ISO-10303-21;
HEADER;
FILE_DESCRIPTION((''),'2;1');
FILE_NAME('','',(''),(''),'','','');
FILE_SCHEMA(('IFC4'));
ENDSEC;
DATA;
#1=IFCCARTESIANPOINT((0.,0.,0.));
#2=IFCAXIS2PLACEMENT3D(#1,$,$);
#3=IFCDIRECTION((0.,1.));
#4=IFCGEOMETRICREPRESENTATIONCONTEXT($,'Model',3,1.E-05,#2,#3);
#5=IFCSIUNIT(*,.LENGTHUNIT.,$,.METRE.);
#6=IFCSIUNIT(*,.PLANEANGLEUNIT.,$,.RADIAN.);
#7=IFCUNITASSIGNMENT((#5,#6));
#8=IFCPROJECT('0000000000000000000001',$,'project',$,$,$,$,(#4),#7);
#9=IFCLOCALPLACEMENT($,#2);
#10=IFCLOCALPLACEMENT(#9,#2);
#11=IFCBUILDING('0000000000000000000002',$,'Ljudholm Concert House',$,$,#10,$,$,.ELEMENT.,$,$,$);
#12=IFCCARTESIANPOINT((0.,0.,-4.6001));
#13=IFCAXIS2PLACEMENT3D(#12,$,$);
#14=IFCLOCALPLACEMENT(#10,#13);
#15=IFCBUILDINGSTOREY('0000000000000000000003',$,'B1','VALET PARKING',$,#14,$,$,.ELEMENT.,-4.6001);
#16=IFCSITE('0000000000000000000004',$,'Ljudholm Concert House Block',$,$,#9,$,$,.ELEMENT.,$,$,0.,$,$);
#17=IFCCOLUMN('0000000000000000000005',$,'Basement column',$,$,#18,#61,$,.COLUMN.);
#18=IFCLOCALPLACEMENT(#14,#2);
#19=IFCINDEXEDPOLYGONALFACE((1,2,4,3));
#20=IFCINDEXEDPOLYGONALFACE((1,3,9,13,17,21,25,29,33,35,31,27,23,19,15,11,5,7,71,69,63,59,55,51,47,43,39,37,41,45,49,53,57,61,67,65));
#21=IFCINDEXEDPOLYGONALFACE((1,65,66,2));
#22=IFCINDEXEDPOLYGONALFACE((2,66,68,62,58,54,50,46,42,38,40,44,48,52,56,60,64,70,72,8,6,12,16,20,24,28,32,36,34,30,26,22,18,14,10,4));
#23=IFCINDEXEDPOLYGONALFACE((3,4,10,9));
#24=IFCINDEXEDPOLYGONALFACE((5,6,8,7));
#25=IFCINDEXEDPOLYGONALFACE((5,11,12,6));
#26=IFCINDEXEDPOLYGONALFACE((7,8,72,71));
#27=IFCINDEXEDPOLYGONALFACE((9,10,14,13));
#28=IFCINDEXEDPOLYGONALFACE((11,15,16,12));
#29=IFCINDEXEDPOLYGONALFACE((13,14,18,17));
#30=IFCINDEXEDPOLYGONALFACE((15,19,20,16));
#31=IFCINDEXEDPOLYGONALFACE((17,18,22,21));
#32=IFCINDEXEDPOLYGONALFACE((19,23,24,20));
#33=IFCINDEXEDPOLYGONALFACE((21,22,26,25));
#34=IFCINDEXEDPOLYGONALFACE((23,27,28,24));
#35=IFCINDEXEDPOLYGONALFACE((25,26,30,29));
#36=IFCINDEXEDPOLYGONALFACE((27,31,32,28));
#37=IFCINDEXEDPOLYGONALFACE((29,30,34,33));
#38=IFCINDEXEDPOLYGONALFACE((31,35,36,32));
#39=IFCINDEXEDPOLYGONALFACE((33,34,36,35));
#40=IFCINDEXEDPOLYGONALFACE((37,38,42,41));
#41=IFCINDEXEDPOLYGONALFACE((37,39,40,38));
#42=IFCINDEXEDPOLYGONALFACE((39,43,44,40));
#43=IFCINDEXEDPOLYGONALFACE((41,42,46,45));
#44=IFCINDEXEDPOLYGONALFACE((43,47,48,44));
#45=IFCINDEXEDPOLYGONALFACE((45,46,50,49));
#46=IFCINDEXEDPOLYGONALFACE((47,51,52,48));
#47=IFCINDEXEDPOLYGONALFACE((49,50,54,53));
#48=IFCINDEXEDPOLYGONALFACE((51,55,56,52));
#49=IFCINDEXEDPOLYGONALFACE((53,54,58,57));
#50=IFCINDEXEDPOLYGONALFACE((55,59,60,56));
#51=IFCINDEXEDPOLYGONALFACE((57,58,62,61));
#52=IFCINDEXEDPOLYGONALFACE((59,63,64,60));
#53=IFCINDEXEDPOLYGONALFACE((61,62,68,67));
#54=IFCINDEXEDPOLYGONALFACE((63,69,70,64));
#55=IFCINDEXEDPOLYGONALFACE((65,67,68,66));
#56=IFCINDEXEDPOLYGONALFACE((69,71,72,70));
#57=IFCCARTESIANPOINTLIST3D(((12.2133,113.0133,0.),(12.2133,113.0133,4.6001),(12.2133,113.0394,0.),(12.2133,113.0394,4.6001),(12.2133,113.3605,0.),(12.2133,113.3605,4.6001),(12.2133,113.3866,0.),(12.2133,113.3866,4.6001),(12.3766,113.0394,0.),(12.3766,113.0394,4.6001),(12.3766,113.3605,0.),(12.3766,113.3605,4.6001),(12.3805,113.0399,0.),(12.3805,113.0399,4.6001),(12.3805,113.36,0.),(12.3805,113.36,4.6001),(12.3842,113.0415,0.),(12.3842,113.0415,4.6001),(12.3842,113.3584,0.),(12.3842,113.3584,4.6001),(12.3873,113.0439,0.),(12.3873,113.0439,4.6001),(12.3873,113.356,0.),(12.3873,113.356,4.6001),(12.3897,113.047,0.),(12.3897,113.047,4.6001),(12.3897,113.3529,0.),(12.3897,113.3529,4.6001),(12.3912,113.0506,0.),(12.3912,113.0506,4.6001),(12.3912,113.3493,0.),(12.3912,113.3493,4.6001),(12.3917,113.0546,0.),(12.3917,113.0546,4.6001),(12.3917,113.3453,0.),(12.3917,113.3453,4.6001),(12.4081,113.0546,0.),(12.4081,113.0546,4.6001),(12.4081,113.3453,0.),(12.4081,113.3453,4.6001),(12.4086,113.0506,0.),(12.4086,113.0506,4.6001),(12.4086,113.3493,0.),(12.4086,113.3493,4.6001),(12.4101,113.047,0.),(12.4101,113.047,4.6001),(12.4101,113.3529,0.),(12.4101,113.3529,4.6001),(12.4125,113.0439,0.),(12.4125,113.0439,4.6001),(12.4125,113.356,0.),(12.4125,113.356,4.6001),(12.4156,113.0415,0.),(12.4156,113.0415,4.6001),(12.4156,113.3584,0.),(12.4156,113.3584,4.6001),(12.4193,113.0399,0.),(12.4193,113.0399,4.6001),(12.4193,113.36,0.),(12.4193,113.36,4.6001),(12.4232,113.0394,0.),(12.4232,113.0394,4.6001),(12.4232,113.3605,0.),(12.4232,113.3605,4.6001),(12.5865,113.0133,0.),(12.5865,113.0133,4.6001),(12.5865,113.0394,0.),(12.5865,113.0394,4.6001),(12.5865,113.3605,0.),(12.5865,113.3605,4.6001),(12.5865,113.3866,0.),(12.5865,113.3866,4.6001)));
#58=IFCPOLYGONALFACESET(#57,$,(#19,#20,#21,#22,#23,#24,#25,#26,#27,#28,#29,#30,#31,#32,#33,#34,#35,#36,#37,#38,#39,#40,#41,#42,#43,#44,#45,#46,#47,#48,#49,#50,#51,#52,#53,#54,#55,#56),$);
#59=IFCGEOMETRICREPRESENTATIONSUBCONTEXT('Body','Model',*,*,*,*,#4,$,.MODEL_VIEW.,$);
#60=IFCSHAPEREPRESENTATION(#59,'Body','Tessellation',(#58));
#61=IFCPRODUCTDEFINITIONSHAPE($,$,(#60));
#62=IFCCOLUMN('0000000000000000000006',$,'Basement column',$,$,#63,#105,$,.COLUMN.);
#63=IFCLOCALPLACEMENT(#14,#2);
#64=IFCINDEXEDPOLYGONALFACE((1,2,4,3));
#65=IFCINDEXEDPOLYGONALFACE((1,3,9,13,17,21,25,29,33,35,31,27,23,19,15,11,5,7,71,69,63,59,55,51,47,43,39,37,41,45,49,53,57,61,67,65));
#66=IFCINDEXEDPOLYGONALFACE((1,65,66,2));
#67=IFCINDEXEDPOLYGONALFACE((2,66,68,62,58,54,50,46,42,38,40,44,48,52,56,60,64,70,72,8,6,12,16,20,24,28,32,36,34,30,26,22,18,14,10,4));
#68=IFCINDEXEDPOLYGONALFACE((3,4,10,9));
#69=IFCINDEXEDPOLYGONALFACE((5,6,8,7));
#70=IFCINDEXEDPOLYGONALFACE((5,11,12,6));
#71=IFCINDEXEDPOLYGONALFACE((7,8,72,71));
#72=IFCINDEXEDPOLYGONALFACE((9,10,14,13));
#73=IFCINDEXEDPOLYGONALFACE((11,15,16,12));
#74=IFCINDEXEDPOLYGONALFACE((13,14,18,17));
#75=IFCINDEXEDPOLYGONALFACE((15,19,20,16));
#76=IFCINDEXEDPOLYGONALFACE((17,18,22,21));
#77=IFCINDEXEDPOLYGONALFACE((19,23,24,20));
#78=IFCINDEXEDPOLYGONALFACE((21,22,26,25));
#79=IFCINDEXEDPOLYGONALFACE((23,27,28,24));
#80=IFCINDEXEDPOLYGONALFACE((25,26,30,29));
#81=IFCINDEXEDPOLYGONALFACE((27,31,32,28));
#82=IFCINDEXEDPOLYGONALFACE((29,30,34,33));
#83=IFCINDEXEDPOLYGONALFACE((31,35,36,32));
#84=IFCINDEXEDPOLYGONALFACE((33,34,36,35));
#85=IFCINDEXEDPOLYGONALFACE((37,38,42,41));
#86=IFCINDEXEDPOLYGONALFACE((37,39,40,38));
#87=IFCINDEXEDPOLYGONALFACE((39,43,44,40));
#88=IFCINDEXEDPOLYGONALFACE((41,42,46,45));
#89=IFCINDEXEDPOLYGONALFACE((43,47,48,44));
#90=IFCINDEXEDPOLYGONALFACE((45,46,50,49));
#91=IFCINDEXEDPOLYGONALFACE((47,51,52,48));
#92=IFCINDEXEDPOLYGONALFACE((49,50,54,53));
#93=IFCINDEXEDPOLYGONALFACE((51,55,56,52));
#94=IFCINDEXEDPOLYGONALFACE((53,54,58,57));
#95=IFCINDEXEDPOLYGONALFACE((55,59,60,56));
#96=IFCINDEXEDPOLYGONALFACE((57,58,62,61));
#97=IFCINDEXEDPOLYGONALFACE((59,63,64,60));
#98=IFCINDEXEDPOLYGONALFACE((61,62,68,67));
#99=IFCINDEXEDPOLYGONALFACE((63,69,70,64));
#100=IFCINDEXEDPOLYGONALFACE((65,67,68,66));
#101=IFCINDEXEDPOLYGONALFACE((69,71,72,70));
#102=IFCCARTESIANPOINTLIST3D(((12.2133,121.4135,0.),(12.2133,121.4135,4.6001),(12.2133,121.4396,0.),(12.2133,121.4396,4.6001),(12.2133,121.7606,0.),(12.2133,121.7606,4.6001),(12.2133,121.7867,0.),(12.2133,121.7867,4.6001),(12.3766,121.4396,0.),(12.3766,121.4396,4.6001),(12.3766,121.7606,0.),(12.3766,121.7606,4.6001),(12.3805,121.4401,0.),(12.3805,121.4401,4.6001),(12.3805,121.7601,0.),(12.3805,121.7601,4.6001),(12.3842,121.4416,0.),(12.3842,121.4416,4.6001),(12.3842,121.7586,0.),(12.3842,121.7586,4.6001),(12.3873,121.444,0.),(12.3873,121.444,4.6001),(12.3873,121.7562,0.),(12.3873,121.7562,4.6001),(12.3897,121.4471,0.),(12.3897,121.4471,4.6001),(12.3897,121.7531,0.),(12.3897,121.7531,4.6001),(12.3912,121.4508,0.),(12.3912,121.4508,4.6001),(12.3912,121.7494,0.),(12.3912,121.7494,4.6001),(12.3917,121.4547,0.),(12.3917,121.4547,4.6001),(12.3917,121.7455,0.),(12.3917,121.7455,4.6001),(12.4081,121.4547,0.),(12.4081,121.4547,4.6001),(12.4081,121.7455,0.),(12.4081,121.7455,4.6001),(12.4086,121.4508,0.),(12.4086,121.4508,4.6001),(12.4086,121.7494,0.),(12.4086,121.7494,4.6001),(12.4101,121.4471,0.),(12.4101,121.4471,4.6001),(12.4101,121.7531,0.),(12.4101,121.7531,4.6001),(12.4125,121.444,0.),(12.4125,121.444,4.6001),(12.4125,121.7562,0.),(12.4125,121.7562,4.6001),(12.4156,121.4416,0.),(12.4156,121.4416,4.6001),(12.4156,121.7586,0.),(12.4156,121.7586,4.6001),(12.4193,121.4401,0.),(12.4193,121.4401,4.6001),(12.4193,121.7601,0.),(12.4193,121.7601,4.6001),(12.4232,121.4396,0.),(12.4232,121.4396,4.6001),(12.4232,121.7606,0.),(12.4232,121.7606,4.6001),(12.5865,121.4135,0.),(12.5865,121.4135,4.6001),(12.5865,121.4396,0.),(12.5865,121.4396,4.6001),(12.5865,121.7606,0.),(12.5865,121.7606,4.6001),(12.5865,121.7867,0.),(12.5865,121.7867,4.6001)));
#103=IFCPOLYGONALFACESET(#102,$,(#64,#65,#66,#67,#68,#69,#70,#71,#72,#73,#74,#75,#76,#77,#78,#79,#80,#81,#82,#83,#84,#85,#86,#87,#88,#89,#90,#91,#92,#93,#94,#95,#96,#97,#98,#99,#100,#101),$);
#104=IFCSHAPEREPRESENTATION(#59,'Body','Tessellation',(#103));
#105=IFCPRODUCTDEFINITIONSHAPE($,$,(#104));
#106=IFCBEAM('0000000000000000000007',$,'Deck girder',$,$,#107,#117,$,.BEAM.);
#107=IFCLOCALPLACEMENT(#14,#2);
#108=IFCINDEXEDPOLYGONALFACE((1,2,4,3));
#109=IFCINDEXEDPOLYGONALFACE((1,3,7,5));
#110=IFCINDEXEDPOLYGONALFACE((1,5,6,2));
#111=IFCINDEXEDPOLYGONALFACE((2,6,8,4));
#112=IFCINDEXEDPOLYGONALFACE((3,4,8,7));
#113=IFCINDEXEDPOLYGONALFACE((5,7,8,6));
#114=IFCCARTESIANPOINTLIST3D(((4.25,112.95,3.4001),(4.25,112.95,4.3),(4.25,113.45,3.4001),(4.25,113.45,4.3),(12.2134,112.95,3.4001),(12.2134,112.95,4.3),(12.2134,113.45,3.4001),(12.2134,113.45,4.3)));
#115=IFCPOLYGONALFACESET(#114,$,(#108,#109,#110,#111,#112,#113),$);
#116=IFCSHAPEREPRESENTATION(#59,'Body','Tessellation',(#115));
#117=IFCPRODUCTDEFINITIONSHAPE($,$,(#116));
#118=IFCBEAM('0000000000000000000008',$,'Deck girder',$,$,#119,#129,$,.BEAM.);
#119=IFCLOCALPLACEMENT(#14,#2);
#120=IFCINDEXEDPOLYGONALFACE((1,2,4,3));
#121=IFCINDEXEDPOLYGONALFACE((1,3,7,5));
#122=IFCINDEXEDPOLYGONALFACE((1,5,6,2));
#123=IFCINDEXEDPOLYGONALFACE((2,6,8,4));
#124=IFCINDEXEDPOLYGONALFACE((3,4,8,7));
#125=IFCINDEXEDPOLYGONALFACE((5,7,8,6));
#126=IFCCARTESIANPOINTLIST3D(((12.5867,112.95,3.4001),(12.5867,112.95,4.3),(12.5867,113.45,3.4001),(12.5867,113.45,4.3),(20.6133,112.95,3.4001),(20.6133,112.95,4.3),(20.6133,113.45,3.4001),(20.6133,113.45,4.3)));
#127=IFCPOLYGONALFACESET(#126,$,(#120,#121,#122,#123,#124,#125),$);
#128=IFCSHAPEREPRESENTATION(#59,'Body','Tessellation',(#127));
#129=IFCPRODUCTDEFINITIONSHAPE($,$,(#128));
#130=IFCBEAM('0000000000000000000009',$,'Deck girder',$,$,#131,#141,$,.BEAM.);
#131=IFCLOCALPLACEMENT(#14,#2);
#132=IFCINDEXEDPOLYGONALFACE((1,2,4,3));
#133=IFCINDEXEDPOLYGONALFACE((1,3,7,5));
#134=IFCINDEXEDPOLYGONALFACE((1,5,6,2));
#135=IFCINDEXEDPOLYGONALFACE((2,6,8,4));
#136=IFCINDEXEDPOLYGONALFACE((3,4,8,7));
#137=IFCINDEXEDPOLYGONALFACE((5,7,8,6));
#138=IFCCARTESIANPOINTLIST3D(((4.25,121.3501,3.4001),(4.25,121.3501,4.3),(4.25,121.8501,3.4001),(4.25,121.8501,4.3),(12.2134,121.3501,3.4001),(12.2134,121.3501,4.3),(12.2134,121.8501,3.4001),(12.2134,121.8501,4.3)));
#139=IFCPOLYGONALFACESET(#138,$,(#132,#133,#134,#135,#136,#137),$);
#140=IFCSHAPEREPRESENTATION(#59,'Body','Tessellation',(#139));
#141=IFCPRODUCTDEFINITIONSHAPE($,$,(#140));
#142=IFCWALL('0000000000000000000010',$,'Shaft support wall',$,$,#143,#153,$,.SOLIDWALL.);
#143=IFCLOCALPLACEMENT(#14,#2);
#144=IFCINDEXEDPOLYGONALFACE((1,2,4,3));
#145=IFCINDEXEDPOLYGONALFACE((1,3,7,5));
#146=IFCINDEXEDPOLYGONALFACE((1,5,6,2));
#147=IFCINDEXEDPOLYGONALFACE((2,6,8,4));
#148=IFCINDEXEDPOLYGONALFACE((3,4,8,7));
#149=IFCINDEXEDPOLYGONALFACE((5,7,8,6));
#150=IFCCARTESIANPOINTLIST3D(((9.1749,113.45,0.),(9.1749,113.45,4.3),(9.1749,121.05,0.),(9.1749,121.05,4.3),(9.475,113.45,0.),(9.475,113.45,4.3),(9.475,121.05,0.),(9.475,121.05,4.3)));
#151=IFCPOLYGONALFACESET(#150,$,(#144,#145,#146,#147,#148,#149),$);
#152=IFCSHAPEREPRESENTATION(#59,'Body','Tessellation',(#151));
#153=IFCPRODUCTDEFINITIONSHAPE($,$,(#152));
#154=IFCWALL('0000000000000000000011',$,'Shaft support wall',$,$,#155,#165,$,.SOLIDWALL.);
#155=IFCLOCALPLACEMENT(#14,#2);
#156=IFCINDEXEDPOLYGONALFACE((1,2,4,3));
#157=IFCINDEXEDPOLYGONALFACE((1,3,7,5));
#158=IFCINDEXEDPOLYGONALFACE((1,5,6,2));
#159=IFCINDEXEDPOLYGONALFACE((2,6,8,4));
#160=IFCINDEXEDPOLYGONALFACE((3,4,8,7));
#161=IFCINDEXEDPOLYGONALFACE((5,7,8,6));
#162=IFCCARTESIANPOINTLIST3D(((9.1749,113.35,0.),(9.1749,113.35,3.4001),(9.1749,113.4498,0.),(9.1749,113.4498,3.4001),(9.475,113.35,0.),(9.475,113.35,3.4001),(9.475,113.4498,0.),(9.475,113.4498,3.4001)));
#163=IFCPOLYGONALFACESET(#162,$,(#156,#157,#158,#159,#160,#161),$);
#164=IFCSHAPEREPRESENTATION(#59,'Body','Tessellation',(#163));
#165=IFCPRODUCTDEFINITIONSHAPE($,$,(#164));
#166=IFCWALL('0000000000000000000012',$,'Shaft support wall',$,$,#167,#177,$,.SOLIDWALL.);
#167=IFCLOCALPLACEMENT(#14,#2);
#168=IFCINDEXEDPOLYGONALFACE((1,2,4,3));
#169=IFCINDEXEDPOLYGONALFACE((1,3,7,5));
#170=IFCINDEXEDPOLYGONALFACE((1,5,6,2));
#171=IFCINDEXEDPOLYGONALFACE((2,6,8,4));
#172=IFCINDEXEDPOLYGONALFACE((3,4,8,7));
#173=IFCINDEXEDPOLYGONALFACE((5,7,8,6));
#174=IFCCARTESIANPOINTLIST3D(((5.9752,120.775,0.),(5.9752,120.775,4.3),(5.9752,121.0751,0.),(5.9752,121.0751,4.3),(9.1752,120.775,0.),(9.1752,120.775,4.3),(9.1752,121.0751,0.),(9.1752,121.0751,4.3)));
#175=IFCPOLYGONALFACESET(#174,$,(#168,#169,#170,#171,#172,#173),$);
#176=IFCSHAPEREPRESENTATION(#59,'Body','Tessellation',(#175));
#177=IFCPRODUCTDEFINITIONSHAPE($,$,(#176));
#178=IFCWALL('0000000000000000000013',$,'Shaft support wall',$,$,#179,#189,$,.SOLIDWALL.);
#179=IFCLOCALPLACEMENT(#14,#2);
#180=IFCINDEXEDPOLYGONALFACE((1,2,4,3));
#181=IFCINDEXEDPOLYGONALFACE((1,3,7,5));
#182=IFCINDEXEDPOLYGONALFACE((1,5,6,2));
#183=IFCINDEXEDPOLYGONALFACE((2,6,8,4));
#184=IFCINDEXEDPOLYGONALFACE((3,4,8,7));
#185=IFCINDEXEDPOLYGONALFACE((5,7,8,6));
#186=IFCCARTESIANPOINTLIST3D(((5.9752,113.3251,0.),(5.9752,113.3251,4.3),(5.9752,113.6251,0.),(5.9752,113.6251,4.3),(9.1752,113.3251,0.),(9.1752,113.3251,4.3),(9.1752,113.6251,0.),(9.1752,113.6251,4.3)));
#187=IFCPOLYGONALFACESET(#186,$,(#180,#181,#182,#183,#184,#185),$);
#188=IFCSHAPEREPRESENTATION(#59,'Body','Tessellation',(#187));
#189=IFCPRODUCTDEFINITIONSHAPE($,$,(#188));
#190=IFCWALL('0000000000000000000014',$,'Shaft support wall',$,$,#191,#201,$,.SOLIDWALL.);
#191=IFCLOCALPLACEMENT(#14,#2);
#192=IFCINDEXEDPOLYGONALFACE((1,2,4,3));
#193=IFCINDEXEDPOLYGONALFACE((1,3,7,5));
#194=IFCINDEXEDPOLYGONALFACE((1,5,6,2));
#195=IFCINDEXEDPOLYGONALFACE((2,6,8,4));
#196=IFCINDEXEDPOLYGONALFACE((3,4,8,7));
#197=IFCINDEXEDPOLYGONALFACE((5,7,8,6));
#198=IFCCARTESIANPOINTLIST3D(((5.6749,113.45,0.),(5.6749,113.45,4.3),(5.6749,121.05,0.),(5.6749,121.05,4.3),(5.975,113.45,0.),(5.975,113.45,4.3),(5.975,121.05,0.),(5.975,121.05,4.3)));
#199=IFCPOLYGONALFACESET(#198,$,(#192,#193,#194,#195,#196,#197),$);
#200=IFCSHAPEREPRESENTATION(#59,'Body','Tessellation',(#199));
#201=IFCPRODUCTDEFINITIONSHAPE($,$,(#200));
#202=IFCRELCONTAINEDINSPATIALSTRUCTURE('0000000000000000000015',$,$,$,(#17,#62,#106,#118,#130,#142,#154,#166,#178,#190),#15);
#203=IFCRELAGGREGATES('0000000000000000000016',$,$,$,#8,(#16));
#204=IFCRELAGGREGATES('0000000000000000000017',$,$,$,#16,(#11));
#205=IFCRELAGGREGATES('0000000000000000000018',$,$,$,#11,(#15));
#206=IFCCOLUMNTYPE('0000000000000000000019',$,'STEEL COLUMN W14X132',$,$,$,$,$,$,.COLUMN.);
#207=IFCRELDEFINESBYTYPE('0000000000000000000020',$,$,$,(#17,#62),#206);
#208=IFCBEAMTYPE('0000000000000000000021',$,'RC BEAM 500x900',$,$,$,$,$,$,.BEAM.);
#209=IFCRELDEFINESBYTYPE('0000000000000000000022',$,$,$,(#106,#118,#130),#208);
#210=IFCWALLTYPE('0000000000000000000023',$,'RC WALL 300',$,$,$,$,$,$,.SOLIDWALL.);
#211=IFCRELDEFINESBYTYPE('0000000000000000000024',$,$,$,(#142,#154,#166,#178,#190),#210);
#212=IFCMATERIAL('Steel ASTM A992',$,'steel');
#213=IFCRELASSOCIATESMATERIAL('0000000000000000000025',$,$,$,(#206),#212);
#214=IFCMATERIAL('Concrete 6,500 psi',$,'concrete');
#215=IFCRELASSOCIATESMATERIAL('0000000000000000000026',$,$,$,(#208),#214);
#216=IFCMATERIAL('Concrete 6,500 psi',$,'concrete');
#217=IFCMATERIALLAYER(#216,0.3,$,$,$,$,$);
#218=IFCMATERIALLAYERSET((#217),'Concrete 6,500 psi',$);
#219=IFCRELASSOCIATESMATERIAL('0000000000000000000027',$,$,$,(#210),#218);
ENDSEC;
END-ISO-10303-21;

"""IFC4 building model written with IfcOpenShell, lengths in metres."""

from ifc_helpers import new_model, si_unit, direction, frame, frame_2d, origin, origin_2d, place, context, subcontext, project, spatial, rectangle, i_section, extrude, material, layer, layer_set, material_profile, profile_set, type_object, element, save


model = new_model("IFC4")

# Units and contexts
model_context = context("Model", 3, precision=1e-05, world=origin(), true_north=direction((0.0, 1.0)))
body_context = subcontext(model_context, "Body", "Model", "MODEL_VIEW")
ifc_project = project(units=[si_unit("LENGTHUNIT", "METRE"), si_unit("PLANEANGLEUNIT", "RADIAN")], contexts=[model_context])

# Site, building, storey
site_placement = place(None, origin())
site = spatial("IfcSite", under=ifc_project, at=site_placement, Name="Ljudholm Concert House Block", CompositionType="ELEMENT", RefElevation=0.0)
building_placement = place(site_placement, origin())
building = spatial("IfcBuilding", under=site, at=building_placement, Name="Ljudholm Concert House", CompositionType="ELEMENT")
storey_placement = place(building_placement, frame((0.0, 0.0, -4.6001)))
storey = spatial("IfcBuildingStorey", under=building, at=storey_placement, Name="B1", Description="VALET PARKING", CompositionType="ELEMENT", Elevation=-4.6001)

# Columns
ifc_material_1 = material(Name="Steel ASTM A992", Category="steel")
ifc_material_profile_1 = material_profile(ifc_material_1, i_section(OverallWidth=0.3733, OverallDepth=0.3733, WebThickness=0.0164, FlangeThickness=0.0261, FilletRadius=0.0151, at=origin_2d()), Name="W14X132")
ifc_profile_set_1 = profile_set([ifc_material_profile_1], Name="Steel ASTM A992")
column_type = type_object("IfcColumnType", Name="STEEL COLUMN W14X132", PredefinedType="COLUMN", material=ifc_profile_set_1)
for number, where, z_axis, x_axis, name in (
    (1, (12.3999, 113.2, 0.0), (0.0, 0.0, 1.0), (1.0, 0.0, 0.0), "Basement column"),
    (2, (12.3999, 121.6001, 0.0), (0.0, 0.0, 1.0), (1.0, 0.0, 0.0), "Basement column"),
):
    element("IfcColumn", number, at=place(storey_placement, frame(where, z_axis=z_axis, x_axis=x_axis)), inside=storey, type_object=column_type, Name=name, PredefinedType="COLUMN", context=body_context, shape_type="SweptSolid", body=[
        extrude(i_section(OverallWidth=0.3733, OverallDepth=0.3733, WebThickness=0.0164, FlangeThickness=0.0261, FilletRadius=0.0151, at=origin_2d()), origin(), (0.0, 0.0, 1.0), 4.6001),
    ])

# Beams
ifc_material_2 = material(Name="Concrete 6,500 psi", Category="concrete")
ifc_material_profile_2 = material_profile(ifc_material_2, rectangle(XDim=0.5, YDim=0.8999, at=origin_2d()), Name="RC BEAM 500x900")
ifc_profile_set_2 = profile_set([ifc_material_profile_2], Name="Concrete 6,500 psi")
beam_type = type_object("IfcBeamType", Name="RC BEAM 500x900", PredefinedType="BEAM", material=ifc_profile_set_2)
beam_1_placement = place(storey_placement, frame((4.25, 113.2, 3.8501), z_axis=(1.0, 0.0, 0.0), x_axis=(0.0, 1.0, 0.0)))
element("IfcBeam", 3, at=beam_1_placement, inside=storey, type_object=beam_type, Name="Deck girder", PredefinedType="BEAM", context=body_context, shape_type="SweptSolid", body=[
    extrude(rectangle(XDim=0.5, YDim=0.8999, at=origin_2d()), origin(), (0.0, 0.0, 1.0), 7.9634),
])
beam_2_placement = place(storey_placement, frame((12.5867, 113.2, 3.8501), z_axis=(1.0, 0.0, 0.0), x_axis=(0.0, 1.0, 0.0)))
element("IfcBeam", 4, at=beam_2_placement, inside=storey, type_object=beam_type, Name="Deck girder", PredefinedType="BEAM", context=body_context, shape_type="SweptSolid", body=[
    extrude(rectangle(XDim=0.5, YDim=0.8999, at=origin_2d()), origin(), (0.0, 0.0, 1.0), 8.0266),
])
beam_3_placement = place(storey_placement, frame((4.25, 121.6001, 3.8501), z_axis=(1.0, 0.0, 0.0), x_axis=(0.0, 1.0, 0.0)))
element("IfcBeam", 5, at=beam_3_placement, inside=storey, type_object=beam_type, Name="Deck girder", PredefinedType="BEAM", context=body_context, shape_type="SweptSolid", body=[
    extrude(rectangle(XDim=0.5, YDim=0.8999, at=origin_2d()), origin(), (0.0, 0.0, 1.0), 7.9634),
])

# Walls
ifc_material_3 = material(Name="Concrete 6,500 psi", Category="concrete")
ifc_layer = layer(ifc_material_3, 0.3)
ifc_layer_set = layer_set([ifc_layer], Name="Concrete 6,500 psi")
wall_type = type_object("IfcWallType", Name="RC WALL 300", PredefinedType="SOLIDWALL", material=ifc_layer_set)
wall_1_placement = place(storey_placement, frame((9.325, 113.45, 0.0), z_axis=(0.0, 0.0, 1.0), x_axis=(0.0, 1.0, 0.0)))
element("IfcWall", 6, at=wall_1_placement, inside=storey, type_object=wall_type, Name="Shaft support wall", PredefinedType="SOLIDWALL", context=body_context, shape_type="SweptSolid", body=[
    extrude(rectangle(XDim=7.6001, YDim=0.3, at=frame_2d((3.8, 0.0))), origin(), (0.0, 0.0, 1.0), 4.3),
])
wall_2_placement = place(storey_placement, frame((9.325, 113.3501, 0.0), z_axis=(0.0, 0.0, 1.0), x_axis=(0.0, 1.0, 0.0)))
element("IfcWall", 7, at=wall_2_placement, inside=storey, type_object=wall_type, Name="Shaft support wall", PredefinedType="SOLIDWALL", context=body_context, shape_type="SweptSolid", body=[
    extrude(rectangle(XDim=0.0999, YDim=0.3, at=frame_2d((0.0498, 0.0))), origin(), (0.0, 0.0, 1.0), 3.4001),
])
for number, where, z_axis, x_axis, name in (
    (8, (5.9751, 120.925, 0.0), (0.0, 0.0, 1.0), (1.0, 0.0, 0.0), "Shaft support wall"),
    (9, (5.9751, 113.4751, 0.0), (0.0, 0.0, 1.0), (1.0, 0.0, 0.0), "Shaft support wall"),
):
    element("IfcWall", number, at=place(storey_placement, frame(where, z_axis=z_axis, x_axis=x_axis)), inside=storey, type_object=wall_type, Name=name, PredefinedType="SOLIDWALL", context=body_context, shape_type="SweptSolid", body=[
        extrude(rectangle(XDim=3.2, YDim=0.3, at=frame_2d((1.6001, 0.0))), origin(), (0.0, 0.0, 1.0), 4.3),
    ])
wall_3_placement = place(storey_placement, frame((5.825, 113.45, 0.0), z_axis=(0.0, 0.0, 1.0), x_axis=(0.0, 1.0, 0.0)))
element("IfcWall", 10, at=wall_3_placement, inside=storey, type_object=wall_type, Name="Shaft support wall", PredefinedType="SOLIDWALL", context=body_context, shape_type="SweptSolid", body=[
    extrude(rectangle(XDim=7.6001, YDim=0.3, at=frame_2d((3.8, 0.0))), origin(), (0.0, 0.0, 1.0), 4.3),
])

save(model, "model.ifc")
